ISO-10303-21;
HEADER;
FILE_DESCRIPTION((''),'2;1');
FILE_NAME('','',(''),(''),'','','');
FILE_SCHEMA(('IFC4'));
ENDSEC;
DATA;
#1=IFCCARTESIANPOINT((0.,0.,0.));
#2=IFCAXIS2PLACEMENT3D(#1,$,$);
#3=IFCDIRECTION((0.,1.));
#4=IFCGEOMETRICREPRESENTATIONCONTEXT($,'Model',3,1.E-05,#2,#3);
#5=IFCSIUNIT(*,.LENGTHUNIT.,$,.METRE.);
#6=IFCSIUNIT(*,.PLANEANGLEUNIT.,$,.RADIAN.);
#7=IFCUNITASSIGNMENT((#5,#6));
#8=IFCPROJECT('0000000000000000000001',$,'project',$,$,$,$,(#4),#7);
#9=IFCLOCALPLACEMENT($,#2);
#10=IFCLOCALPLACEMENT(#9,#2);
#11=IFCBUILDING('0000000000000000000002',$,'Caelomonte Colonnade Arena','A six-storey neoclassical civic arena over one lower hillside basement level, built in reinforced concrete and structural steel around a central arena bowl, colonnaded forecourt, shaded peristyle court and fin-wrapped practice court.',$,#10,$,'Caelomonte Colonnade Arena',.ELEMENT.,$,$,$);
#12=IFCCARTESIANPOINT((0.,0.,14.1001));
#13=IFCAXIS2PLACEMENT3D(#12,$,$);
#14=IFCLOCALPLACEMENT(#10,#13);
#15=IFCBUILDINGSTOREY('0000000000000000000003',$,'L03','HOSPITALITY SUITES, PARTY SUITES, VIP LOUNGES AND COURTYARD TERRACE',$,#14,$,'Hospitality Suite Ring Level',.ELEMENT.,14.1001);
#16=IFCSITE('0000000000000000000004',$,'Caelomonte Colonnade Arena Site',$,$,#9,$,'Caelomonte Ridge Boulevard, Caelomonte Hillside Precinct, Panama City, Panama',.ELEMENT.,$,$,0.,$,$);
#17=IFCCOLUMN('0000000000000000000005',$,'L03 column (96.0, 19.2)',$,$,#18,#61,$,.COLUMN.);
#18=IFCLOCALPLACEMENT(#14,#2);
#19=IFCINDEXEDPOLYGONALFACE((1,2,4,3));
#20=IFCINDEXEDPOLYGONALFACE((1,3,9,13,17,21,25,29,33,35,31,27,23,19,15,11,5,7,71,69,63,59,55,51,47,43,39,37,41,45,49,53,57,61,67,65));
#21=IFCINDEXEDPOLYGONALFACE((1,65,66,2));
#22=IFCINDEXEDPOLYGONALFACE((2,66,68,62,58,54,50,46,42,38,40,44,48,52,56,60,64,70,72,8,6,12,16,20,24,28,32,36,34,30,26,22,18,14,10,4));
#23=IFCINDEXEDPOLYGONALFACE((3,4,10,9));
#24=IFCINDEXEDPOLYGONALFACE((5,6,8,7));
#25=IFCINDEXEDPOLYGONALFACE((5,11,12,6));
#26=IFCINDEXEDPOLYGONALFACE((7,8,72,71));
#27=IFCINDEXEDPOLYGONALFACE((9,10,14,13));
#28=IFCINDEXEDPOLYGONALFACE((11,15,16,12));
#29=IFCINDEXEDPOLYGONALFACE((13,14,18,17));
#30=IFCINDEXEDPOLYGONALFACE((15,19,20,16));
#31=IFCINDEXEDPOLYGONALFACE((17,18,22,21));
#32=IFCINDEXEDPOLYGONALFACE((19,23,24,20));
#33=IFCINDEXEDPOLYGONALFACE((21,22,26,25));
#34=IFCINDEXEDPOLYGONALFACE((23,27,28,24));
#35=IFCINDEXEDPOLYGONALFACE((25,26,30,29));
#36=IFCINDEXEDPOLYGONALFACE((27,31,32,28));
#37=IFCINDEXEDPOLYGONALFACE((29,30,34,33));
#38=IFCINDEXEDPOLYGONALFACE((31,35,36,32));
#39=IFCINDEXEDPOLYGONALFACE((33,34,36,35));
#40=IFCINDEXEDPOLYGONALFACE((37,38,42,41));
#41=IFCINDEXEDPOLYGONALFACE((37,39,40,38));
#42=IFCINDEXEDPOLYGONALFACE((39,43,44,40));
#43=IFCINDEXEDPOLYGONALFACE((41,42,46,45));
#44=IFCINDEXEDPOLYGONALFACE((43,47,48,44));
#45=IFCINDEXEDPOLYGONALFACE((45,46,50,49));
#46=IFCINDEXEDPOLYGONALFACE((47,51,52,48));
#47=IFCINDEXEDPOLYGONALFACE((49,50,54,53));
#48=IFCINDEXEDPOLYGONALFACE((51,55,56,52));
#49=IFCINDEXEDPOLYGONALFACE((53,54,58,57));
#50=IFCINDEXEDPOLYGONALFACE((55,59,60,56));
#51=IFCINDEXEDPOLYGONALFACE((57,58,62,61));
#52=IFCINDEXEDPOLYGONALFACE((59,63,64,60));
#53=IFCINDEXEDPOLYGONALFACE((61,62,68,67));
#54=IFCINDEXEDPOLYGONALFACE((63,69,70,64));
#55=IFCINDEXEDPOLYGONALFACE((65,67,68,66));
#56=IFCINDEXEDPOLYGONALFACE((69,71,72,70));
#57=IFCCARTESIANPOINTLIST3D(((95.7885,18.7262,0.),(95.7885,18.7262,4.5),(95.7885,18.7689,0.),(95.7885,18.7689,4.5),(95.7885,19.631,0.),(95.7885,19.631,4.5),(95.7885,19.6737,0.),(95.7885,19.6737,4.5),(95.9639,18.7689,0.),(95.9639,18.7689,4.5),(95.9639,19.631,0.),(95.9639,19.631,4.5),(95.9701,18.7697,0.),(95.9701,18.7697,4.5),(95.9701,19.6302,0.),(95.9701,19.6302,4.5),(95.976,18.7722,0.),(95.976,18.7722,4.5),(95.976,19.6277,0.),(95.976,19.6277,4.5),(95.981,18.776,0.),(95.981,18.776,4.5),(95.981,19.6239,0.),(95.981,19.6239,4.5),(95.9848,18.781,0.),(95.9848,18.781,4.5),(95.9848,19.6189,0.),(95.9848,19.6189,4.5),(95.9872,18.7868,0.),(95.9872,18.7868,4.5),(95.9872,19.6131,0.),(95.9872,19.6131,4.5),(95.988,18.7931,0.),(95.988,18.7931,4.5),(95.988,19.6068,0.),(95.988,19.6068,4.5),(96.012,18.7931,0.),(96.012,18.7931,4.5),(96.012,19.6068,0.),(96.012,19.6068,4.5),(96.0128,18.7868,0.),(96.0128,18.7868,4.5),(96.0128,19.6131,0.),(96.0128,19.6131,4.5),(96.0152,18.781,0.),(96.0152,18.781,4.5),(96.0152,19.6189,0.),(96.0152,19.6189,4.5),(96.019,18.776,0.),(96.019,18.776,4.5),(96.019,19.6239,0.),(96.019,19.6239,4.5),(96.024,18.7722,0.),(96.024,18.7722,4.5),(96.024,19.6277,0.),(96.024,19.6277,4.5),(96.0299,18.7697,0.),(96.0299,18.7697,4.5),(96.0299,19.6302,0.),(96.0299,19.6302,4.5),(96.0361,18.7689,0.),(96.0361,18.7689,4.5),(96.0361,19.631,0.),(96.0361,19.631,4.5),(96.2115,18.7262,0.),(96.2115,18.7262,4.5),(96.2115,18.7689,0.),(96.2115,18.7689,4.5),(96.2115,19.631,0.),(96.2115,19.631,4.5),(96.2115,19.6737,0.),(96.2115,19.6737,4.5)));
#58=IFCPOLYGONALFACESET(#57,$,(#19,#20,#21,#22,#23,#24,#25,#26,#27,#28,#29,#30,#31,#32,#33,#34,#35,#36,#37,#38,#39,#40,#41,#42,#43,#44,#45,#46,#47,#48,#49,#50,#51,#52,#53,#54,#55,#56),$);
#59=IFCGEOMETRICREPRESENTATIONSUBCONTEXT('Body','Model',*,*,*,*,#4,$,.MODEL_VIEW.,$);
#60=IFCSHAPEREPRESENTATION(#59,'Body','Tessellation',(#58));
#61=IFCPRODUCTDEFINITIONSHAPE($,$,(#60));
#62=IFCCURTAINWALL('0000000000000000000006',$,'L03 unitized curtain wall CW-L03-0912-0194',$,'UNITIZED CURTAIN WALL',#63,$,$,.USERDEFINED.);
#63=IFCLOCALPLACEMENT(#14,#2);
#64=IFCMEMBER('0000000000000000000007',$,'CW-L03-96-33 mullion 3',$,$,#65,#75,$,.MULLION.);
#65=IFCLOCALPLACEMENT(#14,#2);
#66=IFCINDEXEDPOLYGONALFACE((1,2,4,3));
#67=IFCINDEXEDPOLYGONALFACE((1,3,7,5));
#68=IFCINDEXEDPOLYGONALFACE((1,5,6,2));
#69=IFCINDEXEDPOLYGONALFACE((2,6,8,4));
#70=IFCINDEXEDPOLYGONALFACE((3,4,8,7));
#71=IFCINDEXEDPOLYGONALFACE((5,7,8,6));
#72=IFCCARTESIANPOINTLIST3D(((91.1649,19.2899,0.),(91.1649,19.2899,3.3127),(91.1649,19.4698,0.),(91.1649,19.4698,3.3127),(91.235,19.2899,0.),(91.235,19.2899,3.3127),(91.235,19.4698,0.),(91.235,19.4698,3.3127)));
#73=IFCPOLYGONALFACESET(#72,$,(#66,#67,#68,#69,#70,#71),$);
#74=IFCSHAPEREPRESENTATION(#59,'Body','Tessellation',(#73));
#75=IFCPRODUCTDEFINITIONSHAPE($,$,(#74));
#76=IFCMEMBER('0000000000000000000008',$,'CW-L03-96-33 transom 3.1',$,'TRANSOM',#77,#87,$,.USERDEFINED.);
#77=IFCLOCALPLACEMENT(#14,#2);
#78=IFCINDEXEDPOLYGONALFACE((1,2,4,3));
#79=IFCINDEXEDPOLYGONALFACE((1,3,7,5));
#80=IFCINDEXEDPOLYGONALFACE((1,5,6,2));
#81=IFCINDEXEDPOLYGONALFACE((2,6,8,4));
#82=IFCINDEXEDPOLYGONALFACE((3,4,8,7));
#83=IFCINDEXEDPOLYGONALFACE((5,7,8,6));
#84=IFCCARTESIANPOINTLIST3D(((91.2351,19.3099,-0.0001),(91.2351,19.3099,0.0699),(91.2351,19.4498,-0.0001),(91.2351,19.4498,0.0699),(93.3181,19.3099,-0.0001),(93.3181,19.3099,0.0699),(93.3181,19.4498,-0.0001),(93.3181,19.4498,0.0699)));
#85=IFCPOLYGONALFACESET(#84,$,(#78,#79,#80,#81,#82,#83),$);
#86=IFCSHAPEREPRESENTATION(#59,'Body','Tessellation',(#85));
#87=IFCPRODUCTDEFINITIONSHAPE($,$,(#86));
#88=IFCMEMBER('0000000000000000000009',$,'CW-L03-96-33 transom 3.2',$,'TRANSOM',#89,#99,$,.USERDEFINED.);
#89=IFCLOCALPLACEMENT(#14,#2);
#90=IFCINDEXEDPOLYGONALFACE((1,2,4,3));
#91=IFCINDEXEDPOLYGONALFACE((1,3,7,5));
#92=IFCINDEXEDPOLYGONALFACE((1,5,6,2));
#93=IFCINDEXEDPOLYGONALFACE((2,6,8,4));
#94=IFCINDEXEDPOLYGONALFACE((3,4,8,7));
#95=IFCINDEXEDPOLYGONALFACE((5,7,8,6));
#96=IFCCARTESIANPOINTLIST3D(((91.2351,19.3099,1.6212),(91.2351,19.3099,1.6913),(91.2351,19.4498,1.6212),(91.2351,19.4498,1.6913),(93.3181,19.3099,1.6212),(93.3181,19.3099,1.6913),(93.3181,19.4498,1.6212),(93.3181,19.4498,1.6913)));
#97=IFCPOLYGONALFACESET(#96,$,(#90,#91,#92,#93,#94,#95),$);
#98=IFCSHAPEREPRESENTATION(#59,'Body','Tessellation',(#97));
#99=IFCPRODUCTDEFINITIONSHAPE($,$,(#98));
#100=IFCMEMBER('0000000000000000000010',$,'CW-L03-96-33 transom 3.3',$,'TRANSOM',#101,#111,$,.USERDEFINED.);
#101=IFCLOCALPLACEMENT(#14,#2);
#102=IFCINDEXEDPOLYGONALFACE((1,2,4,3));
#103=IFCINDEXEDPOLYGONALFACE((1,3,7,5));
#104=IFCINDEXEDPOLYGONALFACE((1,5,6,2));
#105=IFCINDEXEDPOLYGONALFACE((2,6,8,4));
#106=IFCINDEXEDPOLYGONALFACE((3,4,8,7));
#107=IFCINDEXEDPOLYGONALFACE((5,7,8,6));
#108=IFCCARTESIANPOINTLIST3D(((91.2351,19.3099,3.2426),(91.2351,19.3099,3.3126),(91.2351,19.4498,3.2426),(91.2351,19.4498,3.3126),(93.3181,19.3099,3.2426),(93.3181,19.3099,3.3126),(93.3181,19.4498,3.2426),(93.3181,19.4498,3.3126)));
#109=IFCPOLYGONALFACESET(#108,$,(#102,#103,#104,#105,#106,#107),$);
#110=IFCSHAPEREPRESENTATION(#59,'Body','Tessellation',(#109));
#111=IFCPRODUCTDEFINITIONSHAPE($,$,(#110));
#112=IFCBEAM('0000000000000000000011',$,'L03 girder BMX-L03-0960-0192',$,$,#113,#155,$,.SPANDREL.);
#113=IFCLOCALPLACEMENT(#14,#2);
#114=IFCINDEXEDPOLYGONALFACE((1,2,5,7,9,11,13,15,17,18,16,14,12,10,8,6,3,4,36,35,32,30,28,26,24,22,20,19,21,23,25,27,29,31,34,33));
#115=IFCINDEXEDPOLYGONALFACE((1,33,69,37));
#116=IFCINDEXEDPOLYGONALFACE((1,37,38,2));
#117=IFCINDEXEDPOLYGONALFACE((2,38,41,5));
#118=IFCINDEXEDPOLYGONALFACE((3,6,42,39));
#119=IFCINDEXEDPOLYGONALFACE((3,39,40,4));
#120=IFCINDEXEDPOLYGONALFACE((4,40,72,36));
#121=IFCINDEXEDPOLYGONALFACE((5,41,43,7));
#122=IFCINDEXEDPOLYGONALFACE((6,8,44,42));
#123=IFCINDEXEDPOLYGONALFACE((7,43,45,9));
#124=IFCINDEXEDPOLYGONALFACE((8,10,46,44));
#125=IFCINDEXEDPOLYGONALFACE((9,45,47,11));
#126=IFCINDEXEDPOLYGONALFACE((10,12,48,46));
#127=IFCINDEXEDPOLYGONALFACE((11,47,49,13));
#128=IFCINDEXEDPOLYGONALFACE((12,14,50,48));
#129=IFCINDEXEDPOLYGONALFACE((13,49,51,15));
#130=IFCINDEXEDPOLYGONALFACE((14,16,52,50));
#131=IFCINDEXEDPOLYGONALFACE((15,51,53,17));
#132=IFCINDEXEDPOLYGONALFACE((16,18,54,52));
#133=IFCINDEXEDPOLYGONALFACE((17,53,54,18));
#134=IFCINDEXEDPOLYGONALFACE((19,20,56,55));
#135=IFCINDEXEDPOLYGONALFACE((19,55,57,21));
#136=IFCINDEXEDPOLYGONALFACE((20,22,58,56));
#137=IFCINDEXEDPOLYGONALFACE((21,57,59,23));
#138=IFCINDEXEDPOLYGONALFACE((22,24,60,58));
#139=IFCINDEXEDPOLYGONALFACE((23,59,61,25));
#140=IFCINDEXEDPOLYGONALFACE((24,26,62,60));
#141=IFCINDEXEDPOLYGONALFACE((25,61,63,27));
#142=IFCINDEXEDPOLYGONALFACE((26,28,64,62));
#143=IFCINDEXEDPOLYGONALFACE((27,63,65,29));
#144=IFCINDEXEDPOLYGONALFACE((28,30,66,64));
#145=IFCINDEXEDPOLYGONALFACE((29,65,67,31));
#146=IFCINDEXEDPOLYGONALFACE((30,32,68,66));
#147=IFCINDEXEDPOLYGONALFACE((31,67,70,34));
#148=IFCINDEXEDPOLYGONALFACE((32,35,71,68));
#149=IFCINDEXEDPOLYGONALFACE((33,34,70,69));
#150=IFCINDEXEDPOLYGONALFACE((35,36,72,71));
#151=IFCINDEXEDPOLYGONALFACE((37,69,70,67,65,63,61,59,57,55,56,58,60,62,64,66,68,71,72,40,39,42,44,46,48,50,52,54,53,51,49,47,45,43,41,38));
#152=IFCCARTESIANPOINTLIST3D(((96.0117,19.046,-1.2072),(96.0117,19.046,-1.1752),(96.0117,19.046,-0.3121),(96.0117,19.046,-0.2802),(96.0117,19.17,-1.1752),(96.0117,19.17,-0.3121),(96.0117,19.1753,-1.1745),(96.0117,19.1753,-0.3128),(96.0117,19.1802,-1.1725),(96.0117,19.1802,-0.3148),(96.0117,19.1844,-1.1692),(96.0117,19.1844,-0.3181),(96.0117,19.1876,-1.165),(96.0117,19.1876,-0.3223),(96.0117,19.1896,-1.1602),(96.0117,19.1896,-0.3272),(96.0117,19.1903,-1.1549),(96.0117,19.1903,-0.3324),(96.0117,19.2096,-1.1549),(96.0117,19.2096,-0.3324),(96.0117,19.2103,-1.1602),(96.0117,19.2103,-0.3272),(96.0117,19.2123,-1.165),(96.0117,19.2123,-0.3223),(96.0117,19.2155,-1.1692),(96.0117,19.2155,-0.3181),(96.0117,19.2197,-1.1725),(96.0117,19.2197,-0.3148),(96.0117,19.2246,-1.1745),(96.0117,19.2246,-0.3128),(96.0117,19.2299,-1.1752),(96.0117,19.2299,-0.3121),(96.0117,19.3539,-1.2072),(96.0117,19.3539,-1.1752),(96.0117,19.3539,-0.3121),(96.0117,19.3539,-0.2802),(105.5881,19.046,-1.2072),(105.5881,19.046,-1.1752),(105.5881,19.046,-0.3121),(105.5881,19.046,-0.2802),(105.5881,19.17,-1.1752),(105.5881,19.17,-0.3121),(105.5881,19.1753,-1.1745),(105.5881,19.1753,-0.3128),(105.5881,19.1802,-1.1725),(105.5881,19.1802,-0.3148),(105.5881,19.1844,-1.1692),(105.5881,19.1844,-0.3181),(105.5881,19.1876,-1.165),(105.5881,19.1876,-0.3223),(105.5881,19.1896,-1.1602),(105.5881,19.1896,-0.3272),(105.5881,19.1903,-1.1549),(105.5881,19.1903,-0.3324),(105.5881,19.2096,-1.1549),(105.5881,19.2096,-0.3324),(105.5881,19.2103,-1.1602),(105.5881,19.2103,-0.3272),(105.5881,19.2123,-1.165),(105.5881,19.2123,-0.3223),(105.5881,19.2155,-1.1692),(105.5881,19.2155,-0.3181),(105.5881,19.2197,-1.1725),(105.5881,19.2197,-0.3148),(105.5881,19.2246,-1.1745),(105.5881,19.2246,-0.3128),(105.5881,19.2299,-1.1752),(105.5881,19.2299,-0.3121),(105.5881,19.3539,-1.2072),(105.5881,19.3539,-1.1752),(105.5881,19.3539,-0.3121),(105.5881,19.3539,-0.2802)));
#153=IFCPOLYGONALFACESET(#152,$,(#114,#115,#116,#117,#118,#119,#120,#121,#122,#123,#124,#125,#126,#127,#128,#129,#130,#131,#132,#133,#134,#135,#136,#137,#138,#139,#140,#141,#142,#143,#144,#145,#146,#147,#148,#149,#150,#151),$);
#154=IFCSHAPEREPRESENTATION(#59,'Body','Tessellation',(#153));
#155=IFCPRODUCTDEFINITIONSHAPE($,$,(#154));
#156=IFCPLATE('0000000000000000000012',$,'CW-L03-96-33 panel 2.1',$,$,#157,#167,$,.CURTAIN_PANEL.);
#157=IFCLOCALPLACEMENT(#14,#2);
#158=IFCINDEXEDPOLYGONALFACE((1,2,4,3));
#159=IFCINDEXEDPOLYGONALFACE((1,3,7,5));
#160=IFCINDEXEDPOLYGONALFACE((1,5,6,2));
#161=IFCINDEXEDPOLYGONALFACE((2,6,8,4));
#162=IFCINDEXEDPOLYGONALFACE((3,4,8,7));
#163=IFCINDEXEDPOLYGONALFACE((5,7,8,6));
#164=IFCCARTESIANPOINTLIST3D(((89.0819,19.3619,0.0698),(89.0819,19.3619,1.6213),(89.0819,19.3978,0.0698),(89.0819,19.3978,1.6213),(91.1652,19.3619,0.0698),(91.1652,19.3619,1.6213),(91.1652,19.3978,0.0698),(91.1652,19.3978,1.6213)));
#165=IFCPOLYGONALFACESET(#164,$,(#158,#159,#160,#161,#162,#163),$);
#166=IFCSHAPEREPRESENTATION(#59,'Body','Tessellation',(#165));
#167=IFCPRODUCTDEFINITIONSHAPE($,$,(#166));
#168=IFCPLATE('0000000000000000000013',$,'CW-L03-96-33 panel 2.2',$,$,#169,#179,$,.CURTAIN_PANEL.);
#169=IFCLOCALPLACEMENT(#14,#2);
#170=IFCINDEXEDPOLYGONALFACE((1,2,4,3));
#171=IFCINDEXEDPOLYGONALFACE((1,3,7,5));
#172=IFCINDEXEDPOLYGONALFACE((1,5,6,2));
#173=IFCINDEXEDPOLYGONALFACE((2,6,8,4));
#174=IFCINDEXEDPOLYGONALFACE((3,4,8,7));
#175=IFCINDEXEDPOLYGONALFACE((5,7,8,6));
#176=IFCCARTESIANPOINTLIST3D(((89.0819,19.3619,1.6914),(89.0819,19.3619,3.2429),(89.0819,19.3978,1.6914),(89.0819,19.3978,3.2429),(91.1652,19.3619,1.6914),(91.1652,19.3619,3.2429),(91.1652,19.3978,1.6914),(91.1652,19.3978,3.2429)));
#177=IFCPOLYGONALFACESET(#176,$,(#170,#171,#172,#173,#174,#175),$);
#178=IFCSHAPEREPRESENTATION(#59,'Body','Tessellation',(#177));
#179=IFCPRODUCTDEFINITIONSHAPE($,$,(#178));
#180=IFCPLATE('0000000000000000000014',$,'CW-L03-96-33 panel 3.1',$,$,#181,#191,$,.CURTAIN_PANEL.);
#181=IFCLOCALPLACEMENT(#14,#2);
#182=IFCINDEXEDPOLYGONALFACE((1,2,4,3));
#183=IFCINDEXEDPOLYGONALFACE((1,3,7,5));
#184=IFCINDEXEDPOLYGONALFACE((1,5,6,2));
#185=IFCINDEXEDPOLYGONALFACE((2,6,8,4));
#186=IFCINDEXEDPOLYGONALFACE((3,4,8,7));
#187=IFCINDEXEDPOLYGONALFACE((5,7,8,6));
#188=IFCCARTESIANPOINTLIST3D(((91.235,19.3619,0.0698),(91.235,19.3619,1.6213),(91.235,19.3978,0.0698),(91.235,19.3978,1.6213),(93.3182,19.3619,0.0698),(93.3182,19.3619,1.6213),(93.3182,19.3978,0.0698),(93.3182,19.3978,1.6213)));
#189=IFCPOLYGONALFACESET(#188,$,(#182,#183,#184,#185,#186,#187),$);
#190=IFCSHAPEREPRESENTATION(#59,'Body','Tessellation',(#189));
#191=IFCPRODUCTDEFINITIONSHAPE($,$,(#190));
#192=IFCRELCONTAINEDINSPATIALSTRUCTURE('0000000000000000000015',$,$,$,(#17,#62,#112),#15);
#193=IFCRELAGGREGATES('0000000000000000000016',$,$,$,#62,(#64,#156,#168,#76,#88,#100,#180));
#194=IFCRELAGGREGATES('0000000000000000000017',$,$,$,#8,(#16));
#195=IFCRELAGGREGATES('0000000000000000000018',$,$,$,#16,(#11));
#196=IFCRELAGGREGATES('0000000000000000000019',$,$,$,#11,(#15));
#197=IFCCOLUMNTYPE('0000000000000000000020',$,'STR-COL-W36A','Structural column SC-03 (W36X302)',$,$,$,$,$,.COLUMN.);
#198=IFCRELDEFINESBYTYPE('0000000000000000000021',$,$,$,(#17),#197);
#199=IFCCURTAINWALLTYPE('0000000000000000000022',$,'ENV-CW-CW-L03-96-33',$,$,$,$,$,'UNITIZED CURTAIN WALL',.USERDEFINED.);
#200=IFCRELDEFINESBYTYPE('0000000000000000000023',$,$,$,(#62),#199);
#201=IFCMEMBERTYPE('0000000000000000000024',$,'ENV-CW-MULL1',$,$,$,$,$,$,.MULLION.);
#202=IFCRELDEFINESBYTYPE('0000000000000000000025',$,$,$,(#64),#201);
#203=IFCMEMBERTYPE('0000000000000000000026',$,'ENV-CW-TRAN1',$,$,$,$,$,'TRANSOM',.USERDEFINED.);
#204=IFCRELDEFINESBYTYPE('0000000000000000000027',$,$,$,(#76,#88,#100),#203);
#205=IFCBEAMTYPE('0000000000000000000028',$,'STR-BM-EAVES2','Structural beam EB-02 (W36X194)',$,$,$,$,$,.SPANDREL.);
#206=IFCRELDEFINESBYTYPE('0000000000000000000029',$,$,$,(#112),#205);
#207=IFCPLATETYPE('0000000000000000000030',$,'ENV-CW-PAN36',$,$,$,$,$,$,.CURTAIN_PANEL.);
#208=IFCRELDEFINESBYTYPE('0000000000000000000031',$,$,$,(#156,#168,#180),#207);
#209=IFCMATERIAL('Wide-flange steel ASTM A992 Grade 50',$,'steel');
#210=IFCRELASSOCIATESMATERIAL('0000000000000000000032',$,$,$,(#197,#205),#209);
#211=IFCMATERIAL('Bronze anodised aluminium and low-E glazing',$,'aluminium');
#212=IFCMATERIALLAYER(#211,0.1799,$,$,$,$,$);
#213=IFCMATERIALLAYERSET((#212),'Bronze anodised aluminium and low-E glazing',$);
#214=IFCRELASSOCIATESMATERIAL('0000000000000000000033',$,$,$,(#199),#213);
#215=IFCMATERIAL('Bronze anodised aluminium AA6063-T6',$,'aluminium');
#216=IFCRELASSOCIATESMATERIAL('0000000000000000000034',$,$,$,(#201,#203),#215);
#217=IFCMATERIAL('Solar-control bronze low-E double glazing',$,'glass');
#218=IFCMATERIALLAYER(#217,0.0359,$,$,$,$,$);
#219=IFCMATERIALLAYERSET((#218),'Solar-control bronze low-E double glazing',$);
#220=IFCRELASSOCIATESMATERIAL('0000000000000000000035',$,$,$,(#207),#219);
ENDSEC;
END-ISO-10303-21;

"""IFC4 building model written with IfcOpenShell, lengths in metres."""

from ifc_helpers import new_model, si_unit, direction, frame, origin, origin_2d, place, context, subcontext, project, spatial, rectangle, i_section, extrude, material, layer, layer_set, material_profile, profile_set, type_object, element, aggregate, save


model = new_model("IFC4")

# Units and contexts
model_context = context("Model", 3, precision=1e-05, world=origin(), true_north=direction((0.0, 1.0)))
body_context = subcontext(model_context, "Body", "Model", "MODEL_VIEW")
ifc_project = project(units=[si_unit("LENGTHUNIT", "METRE"), si_unit("PLANEANGLEUNIT", "RADIAN")], contexts=[model_context])

# Site, building, storey
site_placement = place(None, origin())
site = spatial("IfcSite", under=ifc_project, at=site_placement, Name="Caelomonte Colonnade Arena Site", LongName="Caelomonte Ridge Boulevard, Caelomonte Hillside Precinct, Panama City, Panama", CompositionType="ELEMENT", RefElevation=0.0)
building_placement = place(site_placement, origin())
building = spatial("IfcBuilding", under=site, at=building_placement, Name="Caelomonte Colonnade Arena", Description="A six-storey neoclassical civic arena over one lower hillside basement level, built in reinforced concrete and structural steel around a central arena bowl, colonnaded forecourt, shaded peristyle court and fin-wrapped practice court.", LongName="Caelomonte Colonnade Arena", CompositionType="ELEMENT")
storey_placement = place(building_placement, frame((0.0, 0.0, 14.1001)))
storey = spatial("IfcBuildingStorey", under=building, at=storey_placement, Name="L03", Description="HOSPITALITY SUITES, PARTY SUITES, VIP LOUNGES AND COURTYARD TERRACE", LongName="Hospitality Suite Ring Level", CompositionType="ELEMENT", Elevation=14.1001)

# Column
ifc_material_1 = material(Name="Wide-flange steel ASTM A992 Grade 50", Category="steel")
ifc_material_profile_1 = material_profile(ifc_material_1, i_section(OverallWidth=0.4231, OverallDepth=0.9475, WebThickness=0.0239, FlangeThickness=0.0427, FilletRadius=0.0242, at=origin_2d()), Name="W36X302")
ifc_profile_set_1 = profile_set([ifc_material_profile_1], Name="Wide-flange steel ASTM A992 Grade 50")
column_type = type_object("IfcColumnType", Name="STR-COL-W36A", Description="Structural column SC-03 (W36X302)", PredefinedType="COLUMN", material=ifc_profile_set_1)
column_placement = place(storey_placement, frame((96.0, 19.2, 0.0), z_axis=(0.0, 0.0, 1.0), x_axis=(1.0, 0.0, 0.0)))
element("IfcColumn", 1, at=column_placement, inside=storey, type_object=column_type, Name="L03 column (96.0, 19.2)", PredefinedType="COLUMN", context=body_context, shape_type="SweptSolid", body=[
    extrude(i_section(OverallWidth=0.4231, OverallDepth=0.9475, WebThickness=0.0239, FlangeThickness=0.0427, FilletRadius=0.0242, at=origin_2d()), origin(), (0.0, 0.0, 1.0), 4.5),
])

# Curtain wall, members
ifc_material_2 = material(Name="Bronze anodised aluminium and low-E glazing", Category="aluminium")
ifc_layer_1 = layer(ifc_material_2, 0.1799)
ifc_layer_set_1 = layer_set([ifc_layer_1], Name="Bronze anodised aluminium and low-E glazing")
curtain_wall_type = type_object("IfcCurtainWallType", Name="ENV-CW-CW-L03-96-33", ElementType="UNITIZED CURTAIN WALL", PredefinedType="USERDEFINED", material=ifc_layer_set_1)
curtain_wall_placement = place(storey_placement, origin())
curtain_wall = element("IfcCurtainWall", 2, at=curtain_wall_placement, inside=storey, type_object=curtain_wall_type, Name="L03 unitized curtain wall CW-L03-0912-0194", ObjectType="UNITIZED CURTAIN WALL", PredefinedType="USERDEFINED")
ifc_material_3 = material(Name="Bronze anodised aluminium AA6063-T6", Category="aluminium")
ifc_material_profile_2 = material_profile(ifc_material_3, rectangle(XDim=0.0701, YDim=0.1799, at=origin_2d()), Name="CWM-70X180")
ifc_profile_set_2 = profile_set([ifc_material_profile_2], Name="Bronze anodised aluminium AA6063-T6")
member_type_1 = type_object("IfcMemberType", Name="ENV-CW-MULL1", PredefinedType="MULLION", material=ifc_profile_set_2)
member_1_placement = place(storey_placement, frame((91.2, 19.3799, 0.0), z_axis=(0.0, 0.0, 1.0), x_axis=(1.0, 0.0, 0.0)))
member_1 = element("IfcMember", 3, at=member_1_placement, type_object=member_type_1, Name="CW-L03-96-33 mullion 3", PredefinedType="MULLION", context=body_context, shape_type="SweptSolid", body=[
    extrude(rectangle(XDim=0.0701, YDim=0.1799, at=origin_2d()), origin(), (0.0, 0.0, 1.0), 3.3127),
])
ifc_material_profile_3 = material_profile(ifc_material_3, rectangle(XDim=0.0701, YDim=0.1399, at=origin_2d()), Name="CWT-70X140")
ifc_profile_set_3 = profile_set([ifc_material_profile_3], Name="Bronze anodised aluminium AA6063-T6")
member_type_2 = type_object("IfcMemberType", Name="ENV-CW-TRAN1", ElementType="TRANSOM", PredefinedType="USERDEFINED", material=ifc_profile_set_3)
member_2_placement = place(storey_placement, frame((91.2351, 19.3799, 0.0349), z_axis=(1.0, 0.0, 0.0), x_axis=(0.0, 0.0, 1.0)))
member_2 = element("IfcMember", 4, at=member_2_placement, type_object=member_type_2, Name="CW-L03-96-33 transom 3.1", ObjectType="TRANSOM", PredefinedType="USERDEFINED", context=body_context, shape_type="SweptSolid", body=[
    extrude(rectangle(XDim=0.0701, YDim=0.1399, at=origin_2d()), origin(), (0.0, 0.0, 1.0), 2.083),
])
member_3_placement = place(storey_placement, frame((91.2351, 19.3799, 1.6562), z_axis=(1.0, 0.0, 0.0), x_axis=(0.0, 0.0, 1.0)))
member_3 = element("IfcMember", 5, at=member_3_placement, type_object=member_type_2, Name="CW-L03-96-33 transom 3.2", ObjectType="TRANSOM", PredefinedType="USERDEFINED", context=body_context, shape_type="SweptSolid", body=[
    extrude(rectangle(XDim=0.0701, YDim=0.1399, at=origin_2d()), origin(), (0.0, 0.0, 1.0), 2.083),
])
member_4_placement = place(storey_placement, frame((91.2351, 19.3799, 3.2776), z_axis=(1.0, 0.0, 0.0), x_axis=(0.0, 0.0, 1.0)))
member_4 = element("IfcMember", 6, at=member_4_placement, type_object=member_type_2, Name="CW-L03-96-33 transom 3.3", ObjectType="TRANSOM", PredefinedType="USERDEFINED", context=body_context, shape_type="SweptSolid", body=[
    extrude(rectangle(XDim=0.0701, YDim=0.1399, at=origin_2d()), origin(), (0.0, 0.0, 1.0), 2.083),
])

# Beam
ifc_material_profile_4 = material_profile(ifc_material_1, i_section(OverallWidth=0.3079, OverallDepth=0.927, WebThickness=0.0193, FlangeThickness=0.032, FilletRadius=0.0203, at=origin_2d()), Name="W36X194")
ifc_profile_set_4 = profile_set([ifc_material_profile_4], Name="Wide-flange steel ASTM A992 Grade 50")
beam_type = type_object("IfcBeamType", Name="STR-BM-EAVES2", Description="Structural beam EB-02 (W36X194)", PredefinedType="SPANDREL", material=ifc_profile_set_4)
beam_placement = place(storey_placement, frame((96.0117, 19.2, -0.7437), z_axis=(1.0, 0.0, 0.0), x_axis=(0.0, 1.0, 0.0)))
element("IfcBeam", 7, at=beam_placement, inside=storey, type_object=beam_type, Name="L03 girder BMX-L03-0960-0192", PredefinedType="SPANDREL", context=body_context, shape_type="SweptSolid", body=[
    extrude(i_section(OverallWidth=0.3079, OverallDepth=0.927, WebThickness=0.0193, FlangeThickness=0.032, FilletRadius=0.0203, at=origin_2d()), origin(), (0.0, 0.0, 1.0), 9.5764),
])

# Plates
ifc_material_4 = material(Name="Solar-control bronze low-E double glazing", Category="glass")
ifc_layer_2 = layer(ifc_material_4, 0.0359)
ifc_layer_set_2 = layer_set([ifc_layer_2], Name="Solar-control bronze low-E double glazing")
plate_type = type_object("IfcPlateType", Name="ENV-CW-PAN36", PredefinedType="CURTAIN_PANEL", material=ifc_layer_set_2)
plate_1_placement = place(storey_placement, frame((90.1235, 19.3799, 0.0698), z_axis=(0.0, 0.0, 1.0), x_axis=(1.0, 0.0, 0.0)))
plate_1 = element("IfcPlate", 8, at=plate_1_placement, type_object=plate_type, Name="CW-L03-96-33 panel 2.1", PredefinedType="CURTAIN_PANEL", context=body_context, shape_type="SweptSolid", body=[
    extrude(rectangle(XDim=2.0833, YDim=0.0359, at=origin_2d()), origin(), (0.0, 0.0, 1.0), 1.5515),
])
plate_2_placement = place(storey_placement, frame((90.1235, 19.3799, 1.6914), z_axis=(0.0, 0.0, 1.0), x_axis=(1.0, 0.0, 0.0)))
plate_2 = element("IfcPlate", 9, at=plate_2_placement, type_object=plate_type, Name="CW-L03-96-33 panel 2.2", PredefinedType="CURTAIN_PANEL", context=body_context, shape_type="SweptSolid", body=[
    extrude(rectangle(XDim=2.0833, YDim=0.0359, at=origin_2d()), origin(), (0.0, 0.0, 1.0), 1.5515),
])
plate_3_placement = place(storey_placement, frame((92.2766, 19.3799, 0.0698), z_axis=(0.0, 0.0, 1.0), x_axis=(1.0, 0.0, 0.0)))
plate_3 = element("IfcPlate", 10, at=plate_3_placement, type_object=plate_type, Name="CW-L03-96-33 panel 3.1", PredefinedType="CURTAIN_PANEL", context=body_context, shape_type="SweptSolid", body=[
    extrude(rectangle(XDim=2.0833, YDim=0.0359, at=origin_2d()), origin(), (0.0, 0.0, 1.0), 1.5515),
])
aggregate(curtain_wall, [member_1, plate_1, plate_2, member_2, member_3, member_4, plate_3])

save(model, "model.ifc")
